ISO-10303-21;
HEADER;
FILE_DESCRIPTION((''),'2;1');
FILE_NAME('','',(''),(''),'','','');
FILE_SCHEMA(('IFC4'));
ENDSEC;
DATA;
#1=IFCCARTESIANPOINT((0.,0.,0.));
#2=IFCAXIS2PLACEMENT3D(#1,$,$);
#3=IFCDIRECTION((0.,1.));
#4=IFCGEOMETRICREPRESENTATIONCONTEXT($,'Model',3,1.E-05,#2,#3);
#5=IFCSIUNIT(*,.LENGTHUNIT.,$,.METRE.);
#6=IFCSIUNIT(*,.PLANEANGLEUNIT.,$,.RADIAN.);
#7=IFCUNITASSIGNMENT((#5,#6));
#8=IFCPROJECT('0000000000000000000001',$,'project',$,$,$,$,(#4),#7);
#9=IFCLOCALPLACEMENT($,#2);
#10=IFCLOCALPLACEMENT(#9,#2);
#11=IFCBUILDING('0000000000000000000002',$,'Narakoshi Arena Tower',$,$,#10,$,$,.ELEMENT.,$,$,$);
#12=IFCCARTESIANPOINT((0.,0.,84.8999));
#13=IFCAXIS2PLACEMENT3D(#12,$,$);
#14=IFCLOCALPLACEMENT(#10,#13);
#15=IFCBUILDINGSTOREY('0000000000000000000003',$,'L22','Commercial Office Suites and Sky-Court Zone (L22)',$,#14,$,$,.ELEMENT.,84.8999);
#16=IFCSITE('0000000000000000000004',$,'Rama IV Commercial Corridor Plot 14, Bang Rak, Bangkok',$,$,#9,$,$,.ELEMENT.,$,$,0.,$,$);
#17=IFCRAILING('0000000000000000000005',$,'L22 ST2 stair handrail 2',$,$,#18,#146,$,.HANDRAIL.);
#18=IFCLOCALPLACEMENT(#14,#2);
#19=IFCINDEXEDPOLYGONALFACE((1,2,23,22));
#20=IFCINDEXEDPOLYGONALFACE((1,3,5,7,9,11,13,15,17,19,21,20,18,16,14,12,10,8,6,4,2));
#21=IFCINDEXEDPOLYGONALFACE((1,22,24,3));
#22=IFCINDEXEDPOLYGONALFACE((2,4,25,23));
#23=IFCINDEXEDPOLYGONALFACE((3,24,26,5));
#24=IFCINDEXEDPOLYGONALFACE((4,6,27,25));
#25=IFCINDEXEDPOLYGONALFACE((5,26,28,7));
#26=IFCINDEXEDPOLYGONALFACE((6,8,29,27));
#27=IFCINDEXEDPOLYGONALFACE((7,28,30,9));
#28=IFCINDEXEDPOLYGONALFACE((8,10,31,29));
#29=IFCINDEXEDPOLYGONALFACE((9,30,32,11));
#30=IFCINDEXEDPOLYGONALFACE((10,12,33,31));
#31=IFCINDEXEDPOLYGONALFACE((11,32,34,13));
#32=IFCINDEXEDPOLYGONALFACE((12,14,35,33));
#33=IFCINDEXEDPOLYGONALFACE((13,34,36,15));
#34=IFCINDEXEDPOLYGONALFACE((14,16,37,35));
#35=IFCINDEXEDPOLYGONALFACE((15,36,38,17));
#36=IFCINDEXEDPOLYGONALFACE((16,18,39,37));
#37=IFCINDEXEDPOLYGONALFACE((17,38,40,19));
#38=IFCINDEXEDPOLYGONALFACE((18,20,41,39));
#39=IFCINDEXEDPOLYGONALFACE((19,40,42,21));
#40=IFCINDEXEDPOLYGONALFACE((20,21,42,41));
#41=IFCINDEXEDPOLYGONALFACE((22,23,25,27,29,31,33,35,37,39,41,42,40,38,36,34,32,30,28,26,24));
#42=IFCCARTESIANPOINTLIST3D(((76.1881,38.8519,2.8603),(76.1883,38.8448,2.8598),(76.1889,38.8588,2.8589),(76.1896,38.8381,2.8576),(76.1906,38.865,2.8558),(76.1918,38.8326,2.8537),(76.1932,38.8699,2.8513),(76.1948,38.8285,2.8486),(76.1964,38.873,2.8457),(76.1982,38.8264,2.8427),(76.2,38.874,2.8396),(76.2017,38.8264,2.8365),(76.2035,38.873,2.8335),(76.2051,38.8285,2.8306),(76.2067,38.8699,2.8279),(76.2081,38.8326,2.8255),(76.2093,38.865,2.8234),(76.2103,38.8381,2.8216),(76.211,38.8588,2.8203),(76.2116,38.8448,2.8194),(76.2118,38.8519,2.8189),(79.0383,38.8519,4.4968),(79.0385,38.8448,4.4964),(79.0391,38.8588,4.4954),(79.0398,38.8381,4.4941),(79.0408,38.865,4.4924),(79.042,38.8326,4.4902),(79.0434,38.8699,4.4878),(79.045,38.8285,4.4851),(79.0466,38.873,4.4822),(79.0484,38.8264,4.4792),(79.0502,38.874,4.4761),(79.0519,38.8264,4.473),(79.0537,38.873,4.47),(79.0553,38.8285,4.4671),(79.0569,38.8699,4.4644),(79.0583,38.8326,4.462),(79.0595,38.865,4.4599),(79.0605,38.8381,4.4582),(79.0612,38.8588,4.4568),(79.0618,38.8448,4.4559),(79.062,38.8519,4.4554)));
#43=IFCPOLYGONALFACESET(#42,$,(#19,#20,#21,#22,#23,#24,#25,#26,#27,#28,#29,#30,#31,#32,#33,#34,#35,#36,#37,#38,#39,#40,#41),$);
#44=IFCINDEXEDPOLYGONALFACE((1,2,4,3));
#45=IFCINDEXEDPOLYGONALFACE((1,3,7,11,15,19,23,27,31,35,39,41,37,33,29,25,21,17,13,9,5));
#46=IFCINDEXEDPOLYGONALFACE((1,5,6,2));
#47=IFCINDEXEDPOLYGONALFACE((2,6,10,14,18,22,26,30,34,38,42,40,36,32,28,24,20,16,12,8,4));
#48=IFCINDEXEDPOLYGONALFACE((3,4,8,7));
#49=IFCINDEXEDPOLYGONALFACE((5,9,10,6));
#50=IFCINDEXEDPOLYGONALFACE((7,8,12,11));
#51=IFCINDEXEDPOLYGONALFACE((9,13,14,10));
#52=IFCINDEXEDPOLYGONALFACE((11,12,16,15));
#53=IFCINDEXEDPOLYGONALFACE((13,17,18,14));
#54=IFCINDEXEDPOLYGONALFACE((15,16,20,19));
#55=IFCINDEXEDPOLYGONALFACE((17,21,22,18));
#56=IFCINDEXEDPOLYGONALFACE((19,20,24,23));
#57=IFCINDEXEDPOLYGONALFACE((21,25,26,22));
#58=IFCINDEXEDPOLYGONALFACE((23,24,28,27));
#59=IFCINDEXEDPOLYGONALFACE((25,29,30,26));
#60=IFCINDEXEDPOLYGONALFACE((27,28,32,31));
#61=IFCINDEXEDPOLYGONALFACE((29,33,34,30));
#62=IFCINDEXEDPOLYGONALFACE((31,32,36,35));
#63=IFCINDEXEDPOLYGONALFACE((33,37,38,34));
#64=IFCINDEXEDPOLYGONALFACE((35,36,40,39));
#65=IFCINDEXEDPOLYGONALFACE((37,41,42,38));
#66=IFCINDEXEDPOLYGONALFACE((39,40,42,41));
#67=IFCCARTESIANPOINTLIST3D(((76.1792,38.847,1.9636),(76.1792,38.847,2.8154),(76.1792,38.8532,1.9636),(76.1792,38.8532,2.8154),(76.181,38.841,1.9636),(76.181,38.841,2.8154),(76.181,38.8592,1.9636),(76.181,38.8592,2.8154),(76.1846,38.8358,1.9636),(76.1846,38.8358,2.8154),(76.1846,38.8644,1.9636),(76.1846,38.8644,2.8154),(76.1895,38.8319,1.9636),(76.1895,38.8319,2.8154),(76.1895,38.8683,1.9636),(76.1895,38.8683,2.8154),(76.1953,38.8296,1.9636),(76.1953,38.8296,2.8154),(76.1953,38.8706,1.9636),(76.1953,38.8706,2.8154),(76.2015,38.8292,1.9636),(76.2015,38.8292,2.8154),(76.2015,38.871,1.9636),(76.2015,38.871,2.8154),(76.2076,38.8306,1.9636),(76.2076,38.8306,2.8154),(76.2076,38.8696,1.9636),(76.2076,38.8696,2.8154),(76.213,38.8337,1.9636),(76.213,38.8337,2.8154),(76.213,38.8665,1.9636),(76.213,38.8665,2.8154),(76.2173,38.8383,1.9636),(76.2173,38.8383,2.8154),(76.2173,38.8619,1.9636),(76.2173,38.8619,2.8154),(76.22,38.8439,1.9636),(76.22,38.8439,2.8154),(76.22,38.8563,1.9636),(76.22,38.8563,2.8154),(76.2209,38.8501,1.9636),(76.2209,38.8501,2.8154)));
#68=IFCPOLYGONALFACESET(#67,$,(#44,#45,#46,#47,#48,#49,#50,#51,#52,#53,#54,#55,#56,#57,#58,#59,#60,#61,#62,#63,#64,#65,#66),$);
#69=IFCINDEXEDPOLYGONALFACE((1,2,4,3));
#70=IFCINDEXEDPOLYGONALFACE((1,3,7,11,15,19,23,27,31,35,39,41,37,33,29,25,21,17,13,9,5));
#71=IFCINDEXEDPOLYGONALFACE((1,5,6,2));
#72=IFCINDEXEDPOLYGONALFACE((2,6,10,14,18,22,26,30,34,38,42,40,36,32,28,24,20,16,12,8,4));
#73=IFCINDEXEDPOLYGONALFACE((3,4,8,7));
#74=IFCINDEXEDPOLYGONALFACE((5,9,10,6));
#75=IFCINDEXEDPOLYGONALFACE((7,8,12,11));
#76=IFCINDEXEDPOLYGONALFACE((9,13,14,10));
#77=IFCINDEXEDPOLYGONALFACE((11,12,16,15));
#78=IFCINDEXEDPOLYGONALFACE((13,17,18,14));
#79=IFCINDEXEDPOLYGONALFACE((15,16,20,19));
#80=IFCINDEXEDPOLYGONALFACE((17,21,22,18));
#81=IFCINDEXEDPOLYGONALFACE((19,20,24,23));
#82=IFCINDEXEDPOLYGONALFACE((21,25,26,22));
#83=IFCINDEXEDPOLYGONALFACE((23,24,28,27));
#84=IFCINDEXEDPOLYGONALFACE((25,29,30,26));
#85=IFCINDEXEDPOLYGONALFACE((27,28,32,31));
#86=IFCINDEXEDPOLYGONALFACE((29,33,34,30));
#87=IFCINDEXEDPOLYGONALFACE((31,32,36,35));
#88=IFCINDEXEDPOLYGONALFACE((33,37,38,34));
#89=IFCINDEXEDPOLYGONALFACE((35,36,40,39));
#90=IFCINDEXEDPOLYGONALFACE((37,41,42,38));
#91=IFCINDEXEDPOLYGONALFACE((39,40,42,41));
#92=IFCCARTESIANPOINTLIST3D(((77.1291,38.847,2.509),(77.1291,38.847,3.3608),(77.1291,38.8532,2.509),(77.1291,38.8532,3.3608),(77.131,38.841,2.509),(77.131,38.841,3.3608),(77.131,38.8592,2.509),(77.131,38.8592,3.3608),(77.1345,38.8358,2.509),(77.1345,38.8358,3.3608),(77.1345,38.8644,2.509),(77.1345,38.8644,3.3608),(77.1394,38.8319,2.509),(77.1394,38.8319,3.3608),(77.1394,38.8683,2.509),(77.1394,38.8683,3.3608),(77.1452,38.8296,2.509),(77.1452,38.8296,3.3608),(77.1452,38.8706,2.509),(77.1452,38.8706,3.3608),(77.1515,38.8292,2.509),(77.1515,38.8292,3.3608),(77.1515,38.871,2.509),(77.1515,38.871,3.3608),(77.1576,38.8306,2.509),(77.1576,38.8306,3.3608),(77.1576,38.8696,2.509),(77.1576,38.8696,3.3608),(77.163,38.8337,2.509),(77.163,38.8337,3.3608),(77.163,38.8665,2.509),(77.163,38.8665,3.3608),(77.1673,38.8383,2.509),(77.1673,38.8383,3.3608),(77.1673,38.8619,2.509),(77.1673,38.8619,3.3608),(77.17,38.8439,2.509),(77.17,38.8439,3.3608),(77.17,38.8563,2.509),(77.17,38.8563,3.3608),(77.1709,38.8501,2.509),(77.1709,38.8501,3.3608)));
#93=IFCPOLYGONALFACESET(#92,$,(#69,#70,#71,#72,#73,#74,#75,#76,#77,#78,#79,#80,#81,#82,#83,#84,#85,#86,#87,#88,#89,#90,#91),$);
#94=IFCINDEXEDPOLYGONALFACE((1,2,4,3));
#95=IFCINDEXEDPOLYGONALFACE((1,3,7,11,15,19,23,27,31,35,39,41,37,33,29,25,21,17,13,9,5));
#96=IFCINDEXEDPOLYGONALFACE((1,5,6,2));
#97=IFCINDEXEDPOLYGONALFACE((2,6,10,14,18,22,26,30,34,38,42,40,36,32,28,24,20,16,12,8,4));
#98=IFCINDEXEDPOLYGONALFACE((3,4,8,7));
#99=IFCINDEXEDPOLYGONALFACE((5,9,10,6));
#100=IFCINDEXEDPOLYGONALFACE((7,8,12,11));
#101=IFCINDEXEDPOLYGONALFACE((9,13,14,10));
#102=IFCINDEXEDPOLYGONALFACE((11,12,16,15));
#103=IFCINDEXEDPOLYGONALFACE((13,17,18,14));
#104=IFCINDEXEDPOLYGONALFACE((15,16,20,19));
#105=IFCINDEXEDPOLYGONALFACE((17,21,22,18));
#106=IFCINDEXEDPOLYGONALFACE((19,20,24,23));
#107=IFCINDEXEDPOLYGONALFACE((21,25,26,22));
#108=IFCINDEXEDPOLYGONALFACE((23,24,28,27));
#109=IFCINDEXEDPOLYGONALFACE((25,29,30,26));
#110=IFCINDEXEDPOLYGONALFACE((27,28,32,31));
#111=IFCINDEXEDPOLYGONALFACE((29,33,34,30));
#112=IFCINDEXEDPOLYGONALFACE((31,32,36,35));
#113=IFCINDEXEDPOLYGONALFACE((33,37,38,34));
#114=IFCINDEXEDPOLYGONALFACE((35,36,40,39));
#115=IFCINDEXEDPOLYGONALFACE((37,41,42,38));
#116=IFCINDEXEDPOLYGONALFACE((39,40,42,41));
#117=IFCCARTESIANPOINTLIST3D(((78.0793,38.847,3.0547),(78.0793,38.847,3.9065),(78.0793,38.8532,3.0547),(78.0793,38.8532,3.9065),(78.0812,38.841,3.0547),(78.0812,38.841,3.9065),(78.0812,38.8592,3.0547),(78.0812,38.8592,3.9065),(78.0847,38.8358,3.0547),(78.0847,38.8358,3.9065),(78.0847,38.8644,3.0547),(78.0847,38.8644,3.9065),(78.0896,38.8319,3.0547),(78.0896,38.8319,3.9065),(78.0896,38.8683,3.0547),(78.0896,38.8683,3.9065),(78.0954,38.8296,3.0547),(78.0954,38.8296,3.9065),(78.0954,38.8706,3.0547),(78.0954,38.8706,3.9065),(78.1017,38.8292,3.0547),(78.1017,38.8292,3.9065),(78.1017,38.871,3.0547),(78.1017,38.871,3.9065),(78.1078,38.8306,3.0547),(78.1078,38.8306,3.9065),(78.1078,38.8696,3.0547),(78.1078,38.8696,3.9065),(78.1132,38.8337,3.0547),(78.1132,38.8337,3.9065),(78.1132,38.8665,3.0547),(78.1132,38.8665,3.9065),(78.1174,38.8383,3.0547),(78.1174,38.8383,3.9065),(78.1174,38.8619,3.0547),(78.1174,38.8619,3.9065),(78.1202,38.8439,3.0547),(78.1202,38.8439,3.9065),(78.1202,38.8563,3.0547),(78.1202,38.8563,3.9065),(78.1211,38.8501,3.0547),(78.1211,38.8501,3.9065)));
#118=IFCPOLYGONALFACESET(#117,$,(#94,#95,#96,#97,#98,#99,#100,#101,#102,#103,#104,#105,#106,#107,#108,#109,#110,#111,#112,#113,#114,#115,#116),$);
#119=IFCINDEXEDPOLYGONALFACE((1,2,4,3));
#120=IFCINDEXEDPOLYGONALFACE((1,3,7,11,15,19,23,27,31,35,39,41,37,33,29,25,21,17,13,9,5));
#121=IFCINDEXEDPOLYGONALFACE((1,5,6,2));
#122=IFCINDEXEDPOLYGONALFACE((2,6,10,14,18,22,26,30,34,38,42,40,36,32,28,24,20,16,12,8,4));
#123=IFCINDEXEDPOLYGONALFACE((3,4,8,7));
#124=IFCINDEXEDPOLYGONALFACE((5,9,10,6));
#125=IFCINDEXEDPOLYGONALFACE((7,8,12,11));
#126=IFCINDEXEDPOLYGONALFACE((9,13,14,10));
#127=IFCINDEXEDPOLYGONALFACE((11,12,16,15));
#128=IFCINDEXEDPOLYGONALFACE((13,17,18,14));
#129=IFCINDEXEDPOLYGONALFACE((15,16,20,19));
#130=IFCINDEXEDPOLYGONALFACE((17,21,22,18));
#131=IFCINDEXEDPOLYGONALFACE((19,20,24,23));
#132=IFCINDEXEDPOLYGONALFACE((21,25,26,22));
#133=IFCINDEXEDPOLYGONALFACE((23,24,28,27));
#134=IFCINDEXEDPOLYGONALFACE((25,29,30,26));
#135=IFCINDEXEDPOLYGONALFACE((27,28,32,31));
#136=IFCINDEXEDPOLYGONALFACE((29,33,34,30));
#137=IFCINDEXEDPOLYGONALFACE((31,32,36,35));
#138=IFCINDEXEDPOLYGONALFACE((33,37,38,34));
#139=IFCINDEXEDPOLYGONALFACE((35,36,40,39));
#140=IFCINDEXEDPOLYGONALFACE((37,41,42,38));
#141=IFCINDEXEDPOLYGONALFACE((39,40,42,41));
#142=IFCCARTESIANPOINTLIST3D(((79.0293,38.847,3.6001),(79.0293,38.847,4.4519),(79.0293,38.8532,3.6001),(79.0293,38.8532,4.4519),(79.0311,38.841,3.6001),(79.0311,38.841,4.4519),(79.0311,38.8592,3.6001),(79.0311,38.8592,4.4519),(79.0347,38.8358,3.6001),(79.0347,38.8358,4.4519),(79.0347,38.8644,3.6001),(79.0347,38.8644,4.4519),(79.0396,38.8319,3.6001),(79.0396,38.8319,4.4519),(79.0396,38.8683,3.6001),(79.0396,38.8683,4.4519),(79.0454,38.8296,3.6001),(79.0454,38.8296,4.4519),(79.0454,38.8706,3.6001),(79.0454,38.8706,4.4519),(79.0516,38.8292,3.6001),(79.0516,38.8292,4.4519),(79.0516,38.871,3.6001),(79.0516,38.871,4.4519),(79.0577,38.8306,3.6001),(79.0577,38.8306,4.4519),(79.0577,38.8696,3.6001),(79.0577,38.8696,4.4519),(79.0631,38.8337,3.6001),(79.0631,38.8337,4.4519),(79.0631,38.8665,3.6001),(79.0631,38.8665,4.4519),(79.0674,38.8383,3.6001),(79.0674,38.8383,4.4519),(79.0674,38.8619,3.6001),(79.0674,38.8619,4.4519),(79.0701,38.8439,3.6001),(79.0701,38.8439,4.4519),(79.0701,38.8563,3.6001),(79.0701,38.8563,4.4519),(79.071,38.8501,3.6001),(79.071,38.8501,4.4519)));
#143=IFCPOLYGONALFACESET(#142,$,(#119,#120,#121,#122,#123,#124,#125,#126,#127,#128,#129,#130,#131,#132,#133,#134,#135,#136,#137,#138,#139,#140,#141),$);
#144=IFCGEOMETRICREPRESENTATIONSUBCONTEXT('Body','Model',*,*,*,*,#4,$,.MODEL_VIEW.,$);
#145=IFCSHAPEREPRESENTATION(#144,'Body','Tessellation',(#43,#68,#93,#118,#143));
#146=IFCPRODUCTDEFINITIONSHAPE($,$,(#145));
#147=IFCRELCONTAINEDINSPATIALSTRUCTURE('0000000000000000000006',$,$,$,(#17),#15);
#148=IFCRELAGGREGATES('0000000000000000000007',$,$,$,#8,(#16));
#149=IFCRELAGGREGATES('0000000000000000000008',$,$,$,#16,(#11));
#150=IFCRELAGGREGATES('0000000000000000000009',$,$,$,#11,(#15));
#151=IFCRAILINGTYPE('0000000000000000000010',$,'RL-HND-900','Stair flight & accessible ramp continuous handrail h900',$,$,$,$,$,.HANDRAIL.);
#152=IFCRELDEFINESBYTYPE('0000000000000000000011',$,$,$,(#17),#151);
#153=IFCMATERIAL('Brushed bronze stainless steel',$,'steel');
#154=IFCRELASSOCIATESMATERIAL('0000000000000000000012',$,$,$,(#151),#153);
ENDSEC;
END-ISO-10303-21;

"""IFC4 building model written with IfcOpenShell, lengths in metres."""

from ifc_helpers import new_model, si_unit, direction, frame, origin, origin_2d, place, context, subcontext, project, spatial, circle, extrude, material, type_object, element, save


model = new_model("IFC4")

# Units and contexts
model_context = context("Model", 3, precision=1e-05, world=origin(), true_north=direction((0.0, 1.0)))
body_context = subcontext(model_context, "Body", "Model", "MODEL_VIEW")
ifc_project = project(units=[si_unit("LENGTHUNIT", "METRE"), si_unit("PLANEANGLEUNIT", "RADIAN")], contexts=[model_context])

# Site, building, storey
site_placement = place(None, origin())
site = spatial("IfcSite", under=ifc_project, at=site_placement, Name="Rama IV Commercial Corridor Plot 14, Bang Rak, Bangkok", CompositionType="ELEMENT", RefElevation=0.0)
building_placement = place(site_placement, origin())
building = spatial("IfcBuilding", under=site, at=building_placement, Name="Narakoshi Arena Tower", CompositionType="ELEMENT")
storey_placement = place(building_placement, frame((0.0, 0.0, 84.8999)))
storey = spatial("IfcBuildingStorey", under=building, at=storey_placement, Name="L22", Description="Commercial Office Suites and Sky-Court Zone (L22)", CompositionType="ELEMENT", Elevation=84.8999)

# Railing
ifc_material_1 = material(Name="Brushed bronze stainless steel", Category="steel")
railing_type_1 = type_object("IfcRailingType", Name="RL-HND-900", Description="Stair flight & accessible ramp continuous handrail h900", PredefinedType="HANDRAIL", material=ifc_material_1)
railing_1_placement = place(storey_placement, frame((76.2, 38.8501, 1.9636)))
element("IfcRailing", 1, at=railing_1_placement, inside=storey, type_object=railing_type_1, Name="L22 ST2 stair handrail 2", PredefinedType="HANDRAIL", context=body_context, shape_type="SweptSolid", body=[
    extrude(circle(Radius=0.0239, at=origin_2d()), frame((0.0, 0.0, 0.876), z_axis=(0.867213, 0.0, 0.497938), x_axis=(0.0, 1.0, 0.0)), (0.0, 0.0, 1.0), 3.2866),
    extrude(circle(Radius=0.021, at=origin_2d()), origin(), (0.0, 0.0, 1.0), 0.8518),
    extrude(circle(Radius=0.021, at=origin_2d()), frame((0.95, 0.0, 0.5454)), (0.0, 0.0, 1.0), 0.8518),
    extrude(circle(Radius=0.021, at=origin_2d()), frame((1.9001, 0.0, 1.0911)), (0.0, 0.0, 1.0), 0.8518),
    extrude(circle(Radius=0.021, at=origin_2d()), frame((2.8501, 0.0, 1.6365)), (0.0, 0.0, 1.0), 0.8518),
])

save(model, "model.ifc")
